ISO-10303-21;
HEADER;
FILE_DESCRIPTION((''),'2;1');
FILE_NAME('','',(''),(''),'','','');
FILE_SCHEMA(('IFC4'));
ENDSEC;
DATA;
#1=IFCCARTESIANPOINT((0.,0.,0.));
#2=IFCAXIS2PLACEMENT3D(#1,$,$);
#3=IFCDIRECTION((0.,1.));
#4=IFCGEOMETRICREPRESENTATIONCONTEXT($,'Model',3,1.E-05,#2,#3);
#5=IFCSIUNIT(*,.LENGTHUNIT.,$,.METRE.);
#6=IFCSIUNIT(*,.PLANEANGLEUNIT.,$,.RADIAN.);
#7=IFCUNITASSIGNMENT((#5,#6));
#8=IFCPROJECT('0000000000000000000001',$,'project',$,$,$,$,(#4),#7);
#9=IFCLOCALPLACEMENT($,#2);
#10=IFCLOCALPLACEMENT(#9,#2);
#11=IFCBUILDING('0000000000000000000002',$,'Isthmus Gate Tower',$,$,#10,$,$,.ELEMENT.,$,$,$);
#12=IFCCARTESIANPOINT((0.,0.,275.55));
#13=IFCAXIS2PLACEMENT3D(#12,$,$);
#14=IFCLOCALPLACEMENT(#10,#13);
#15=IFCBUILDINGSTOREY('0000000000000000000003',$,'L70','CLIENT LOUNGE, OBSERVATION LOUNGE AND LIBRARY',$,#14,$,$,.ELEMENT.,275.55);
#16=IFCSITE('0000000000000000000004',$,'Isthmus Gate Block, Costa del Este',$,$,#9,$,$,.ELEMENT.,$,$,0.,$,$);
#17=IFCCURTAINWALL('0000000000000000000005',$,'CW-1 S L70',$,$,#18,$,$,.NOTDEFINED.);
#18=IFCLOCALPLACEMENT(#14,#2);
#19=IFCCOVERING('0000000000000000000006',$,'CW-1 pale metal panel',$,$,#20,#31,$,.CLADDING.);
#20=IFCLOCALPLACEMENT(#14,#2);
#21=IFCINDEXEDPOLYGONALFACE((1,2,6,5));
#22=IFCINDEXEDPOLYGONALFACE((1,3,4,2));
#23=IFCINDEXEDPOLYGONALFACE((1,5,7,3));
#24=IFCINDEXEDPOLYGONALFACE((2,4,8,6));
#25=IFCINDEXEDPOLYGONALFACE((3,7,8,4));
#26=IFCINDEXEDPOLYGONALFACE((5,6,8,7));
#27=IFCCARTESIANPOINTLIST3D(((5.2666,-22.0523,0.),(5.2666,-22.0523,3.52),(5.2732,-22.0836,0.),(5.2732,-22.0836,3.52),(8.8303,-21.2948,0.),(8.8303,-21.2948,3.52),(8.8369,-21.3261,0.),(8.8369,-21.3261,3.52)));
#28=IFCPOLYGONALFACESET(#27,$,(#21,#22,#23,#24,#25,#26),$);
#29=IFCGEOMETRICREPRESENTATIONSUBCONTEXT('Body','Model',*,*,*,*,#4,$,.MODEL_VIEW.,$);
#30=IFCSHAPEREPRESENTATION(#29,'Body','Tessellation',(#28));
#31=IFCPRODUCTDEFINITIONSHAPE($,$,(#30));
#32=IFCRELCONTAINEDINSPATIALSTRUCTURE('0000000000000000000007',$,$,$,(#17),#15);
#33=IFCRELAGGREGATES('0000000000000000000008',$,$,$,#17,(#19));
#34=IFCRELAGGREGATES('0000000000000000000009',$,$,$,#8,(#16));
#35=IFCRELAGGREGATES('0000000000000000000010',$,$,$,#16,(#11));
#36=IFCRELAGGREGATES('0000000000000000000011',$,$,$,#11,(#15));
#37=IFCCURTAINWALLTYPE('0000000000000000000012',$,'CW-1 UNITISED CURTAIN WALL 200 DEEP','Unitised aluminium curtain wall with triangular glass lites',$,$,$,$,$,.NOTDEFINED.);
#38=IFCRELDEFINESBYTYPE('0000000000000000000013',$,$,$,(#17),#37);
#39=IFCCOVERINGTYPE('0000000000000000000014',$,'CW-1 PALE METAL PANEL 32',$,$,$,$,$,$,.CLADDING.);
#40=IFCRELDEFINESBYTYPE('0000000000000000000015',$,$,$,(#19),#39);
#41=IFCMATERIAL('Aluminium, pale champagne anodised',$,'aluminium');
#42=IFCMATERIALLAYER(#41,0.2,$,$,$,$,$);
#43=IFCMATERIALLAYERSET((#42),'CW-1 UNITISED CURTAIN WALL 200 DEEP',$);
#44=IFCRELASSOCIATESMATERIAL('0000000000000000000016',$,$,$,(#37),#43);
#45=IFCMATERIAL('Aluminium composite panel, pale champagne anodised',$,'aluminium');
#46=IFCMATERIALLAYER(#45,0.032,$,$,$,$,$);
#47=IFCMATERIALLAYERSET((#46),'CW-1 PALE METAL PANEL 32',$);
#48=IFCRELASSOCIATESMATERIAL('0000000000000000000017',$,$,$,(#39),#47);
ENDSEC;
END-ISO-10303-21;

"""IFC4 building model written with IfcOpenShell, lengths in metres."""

from ifc_helpers import new_model, si_unit, direction, frame, origin, origin_2d, place, context, subcontext, project, spatial, rectangle, extrude, material, layer, layer_set, type_object, element, aggregate, save


model = new_model("IFC4")

# Units and contexts
model_context = context("Model", 3, precision=1e-05, world=origin(), true_north=direction((0.0, 1.0)))
body_context = subcontext(model_context, "Body", "Model", "MODEL_VIEW")
ifc_project = project(units=[si_unit("LENGTHUNIT", "METRE"), si_unit("PLANEANGLEUNIT", "RADIAN")], contexts=[model_context])

# Site, building, storey
site_placement = place(None, origin())
site = spatial("IfcSite", under=ifc_project, at=site_placement, Name="Isthmus Gate Block, Costa del Este", CompositionType="ELEMENT", RefElevation=0.0)
building_placement = place(site_placement, origin())
building = spatial("IfcBuilding", under=site, at=building_placement, Name="Isthmus Gate Tower", CompositionType="ELEMENT")
storey_placement = place(building_placement, frame((0.0, 0.0, 275.55)))
storey = spatial("IfcBuildingStorey", under=building, at=storey_placement, Name="L70", Description="CLIENT LOUNGE, OBSERVATION LOUNGE AND LIBRARY", CompositionType="ELEMENT", Elevation=275.55)

# Curtain wall
ifc_material_1 = material(Name="Aluminium, pale champagne anodised", Category="aluminium")
ifc_layer_1 = layer(ifc_material_1, 0.2)
ifc_layer_set_1 = layer_set([ifc_layer_1], Name="CW-1 UNITISED CURTAIN WALL 200 DEEP")
curtain_wall_type = type_object("IfcCurtainWallType", Name="CW-1 UNITISED CURTAIN WALL 200 DEEP", Description="Unitised aluminium curtain wall with triangular glass lites", PredefinedType="NOTDEFINED", material=ifc_layer_set_1)
curtain_wall_placement = place(storey_placement, origin())
curtain_wall = element("IfcCurtainWall", 1, at=curtain_wall_placement, inside=storey, type_object=curtain_wall_type, Name="CW-1 S L70", PredefinedType="NOTDEFINED")

# Covering
ifc_material_2 = material(Name="Aluminium composite panel, pale champagne anodised", Category="aluminium")
ifc_layer_2 = layer(ifc_material_2, 0.032)
ifc_layer_set_2 = layer_set([ifc_layer_2], Name="CW-1 PALE METAL PANEL 32")
covering_type = type_object("IfcCoveringType", Name="CW-1 PALE METAL PANEL 32", PredefinedType="CLADDING", material=ifc_layer_set_2)
covering_1_placement = place(storey_placement, frame((7.0518, -21.6892, 0.0), z_axis=(0.0, 0.0, 1.0), x_axis=(0.978148, 0.207912, 0.0)))
covering_1 = element("IfcCovering", 2, at=covering_1_placement, type_object=covering_type, Name="CW-1 pale metal panel", PredefinedType="CLADDING", context=body_context, shape_type="SweptSolid", body=[
    extrude(rectangle(XDim=3.6433, YDim=0.032, at=origin_2d()), origin(), (0.0, 0.0, 1.0), 3.52),
])
aggregate(curtain_wall, [covering_1])

save(model, "model.ifc")
